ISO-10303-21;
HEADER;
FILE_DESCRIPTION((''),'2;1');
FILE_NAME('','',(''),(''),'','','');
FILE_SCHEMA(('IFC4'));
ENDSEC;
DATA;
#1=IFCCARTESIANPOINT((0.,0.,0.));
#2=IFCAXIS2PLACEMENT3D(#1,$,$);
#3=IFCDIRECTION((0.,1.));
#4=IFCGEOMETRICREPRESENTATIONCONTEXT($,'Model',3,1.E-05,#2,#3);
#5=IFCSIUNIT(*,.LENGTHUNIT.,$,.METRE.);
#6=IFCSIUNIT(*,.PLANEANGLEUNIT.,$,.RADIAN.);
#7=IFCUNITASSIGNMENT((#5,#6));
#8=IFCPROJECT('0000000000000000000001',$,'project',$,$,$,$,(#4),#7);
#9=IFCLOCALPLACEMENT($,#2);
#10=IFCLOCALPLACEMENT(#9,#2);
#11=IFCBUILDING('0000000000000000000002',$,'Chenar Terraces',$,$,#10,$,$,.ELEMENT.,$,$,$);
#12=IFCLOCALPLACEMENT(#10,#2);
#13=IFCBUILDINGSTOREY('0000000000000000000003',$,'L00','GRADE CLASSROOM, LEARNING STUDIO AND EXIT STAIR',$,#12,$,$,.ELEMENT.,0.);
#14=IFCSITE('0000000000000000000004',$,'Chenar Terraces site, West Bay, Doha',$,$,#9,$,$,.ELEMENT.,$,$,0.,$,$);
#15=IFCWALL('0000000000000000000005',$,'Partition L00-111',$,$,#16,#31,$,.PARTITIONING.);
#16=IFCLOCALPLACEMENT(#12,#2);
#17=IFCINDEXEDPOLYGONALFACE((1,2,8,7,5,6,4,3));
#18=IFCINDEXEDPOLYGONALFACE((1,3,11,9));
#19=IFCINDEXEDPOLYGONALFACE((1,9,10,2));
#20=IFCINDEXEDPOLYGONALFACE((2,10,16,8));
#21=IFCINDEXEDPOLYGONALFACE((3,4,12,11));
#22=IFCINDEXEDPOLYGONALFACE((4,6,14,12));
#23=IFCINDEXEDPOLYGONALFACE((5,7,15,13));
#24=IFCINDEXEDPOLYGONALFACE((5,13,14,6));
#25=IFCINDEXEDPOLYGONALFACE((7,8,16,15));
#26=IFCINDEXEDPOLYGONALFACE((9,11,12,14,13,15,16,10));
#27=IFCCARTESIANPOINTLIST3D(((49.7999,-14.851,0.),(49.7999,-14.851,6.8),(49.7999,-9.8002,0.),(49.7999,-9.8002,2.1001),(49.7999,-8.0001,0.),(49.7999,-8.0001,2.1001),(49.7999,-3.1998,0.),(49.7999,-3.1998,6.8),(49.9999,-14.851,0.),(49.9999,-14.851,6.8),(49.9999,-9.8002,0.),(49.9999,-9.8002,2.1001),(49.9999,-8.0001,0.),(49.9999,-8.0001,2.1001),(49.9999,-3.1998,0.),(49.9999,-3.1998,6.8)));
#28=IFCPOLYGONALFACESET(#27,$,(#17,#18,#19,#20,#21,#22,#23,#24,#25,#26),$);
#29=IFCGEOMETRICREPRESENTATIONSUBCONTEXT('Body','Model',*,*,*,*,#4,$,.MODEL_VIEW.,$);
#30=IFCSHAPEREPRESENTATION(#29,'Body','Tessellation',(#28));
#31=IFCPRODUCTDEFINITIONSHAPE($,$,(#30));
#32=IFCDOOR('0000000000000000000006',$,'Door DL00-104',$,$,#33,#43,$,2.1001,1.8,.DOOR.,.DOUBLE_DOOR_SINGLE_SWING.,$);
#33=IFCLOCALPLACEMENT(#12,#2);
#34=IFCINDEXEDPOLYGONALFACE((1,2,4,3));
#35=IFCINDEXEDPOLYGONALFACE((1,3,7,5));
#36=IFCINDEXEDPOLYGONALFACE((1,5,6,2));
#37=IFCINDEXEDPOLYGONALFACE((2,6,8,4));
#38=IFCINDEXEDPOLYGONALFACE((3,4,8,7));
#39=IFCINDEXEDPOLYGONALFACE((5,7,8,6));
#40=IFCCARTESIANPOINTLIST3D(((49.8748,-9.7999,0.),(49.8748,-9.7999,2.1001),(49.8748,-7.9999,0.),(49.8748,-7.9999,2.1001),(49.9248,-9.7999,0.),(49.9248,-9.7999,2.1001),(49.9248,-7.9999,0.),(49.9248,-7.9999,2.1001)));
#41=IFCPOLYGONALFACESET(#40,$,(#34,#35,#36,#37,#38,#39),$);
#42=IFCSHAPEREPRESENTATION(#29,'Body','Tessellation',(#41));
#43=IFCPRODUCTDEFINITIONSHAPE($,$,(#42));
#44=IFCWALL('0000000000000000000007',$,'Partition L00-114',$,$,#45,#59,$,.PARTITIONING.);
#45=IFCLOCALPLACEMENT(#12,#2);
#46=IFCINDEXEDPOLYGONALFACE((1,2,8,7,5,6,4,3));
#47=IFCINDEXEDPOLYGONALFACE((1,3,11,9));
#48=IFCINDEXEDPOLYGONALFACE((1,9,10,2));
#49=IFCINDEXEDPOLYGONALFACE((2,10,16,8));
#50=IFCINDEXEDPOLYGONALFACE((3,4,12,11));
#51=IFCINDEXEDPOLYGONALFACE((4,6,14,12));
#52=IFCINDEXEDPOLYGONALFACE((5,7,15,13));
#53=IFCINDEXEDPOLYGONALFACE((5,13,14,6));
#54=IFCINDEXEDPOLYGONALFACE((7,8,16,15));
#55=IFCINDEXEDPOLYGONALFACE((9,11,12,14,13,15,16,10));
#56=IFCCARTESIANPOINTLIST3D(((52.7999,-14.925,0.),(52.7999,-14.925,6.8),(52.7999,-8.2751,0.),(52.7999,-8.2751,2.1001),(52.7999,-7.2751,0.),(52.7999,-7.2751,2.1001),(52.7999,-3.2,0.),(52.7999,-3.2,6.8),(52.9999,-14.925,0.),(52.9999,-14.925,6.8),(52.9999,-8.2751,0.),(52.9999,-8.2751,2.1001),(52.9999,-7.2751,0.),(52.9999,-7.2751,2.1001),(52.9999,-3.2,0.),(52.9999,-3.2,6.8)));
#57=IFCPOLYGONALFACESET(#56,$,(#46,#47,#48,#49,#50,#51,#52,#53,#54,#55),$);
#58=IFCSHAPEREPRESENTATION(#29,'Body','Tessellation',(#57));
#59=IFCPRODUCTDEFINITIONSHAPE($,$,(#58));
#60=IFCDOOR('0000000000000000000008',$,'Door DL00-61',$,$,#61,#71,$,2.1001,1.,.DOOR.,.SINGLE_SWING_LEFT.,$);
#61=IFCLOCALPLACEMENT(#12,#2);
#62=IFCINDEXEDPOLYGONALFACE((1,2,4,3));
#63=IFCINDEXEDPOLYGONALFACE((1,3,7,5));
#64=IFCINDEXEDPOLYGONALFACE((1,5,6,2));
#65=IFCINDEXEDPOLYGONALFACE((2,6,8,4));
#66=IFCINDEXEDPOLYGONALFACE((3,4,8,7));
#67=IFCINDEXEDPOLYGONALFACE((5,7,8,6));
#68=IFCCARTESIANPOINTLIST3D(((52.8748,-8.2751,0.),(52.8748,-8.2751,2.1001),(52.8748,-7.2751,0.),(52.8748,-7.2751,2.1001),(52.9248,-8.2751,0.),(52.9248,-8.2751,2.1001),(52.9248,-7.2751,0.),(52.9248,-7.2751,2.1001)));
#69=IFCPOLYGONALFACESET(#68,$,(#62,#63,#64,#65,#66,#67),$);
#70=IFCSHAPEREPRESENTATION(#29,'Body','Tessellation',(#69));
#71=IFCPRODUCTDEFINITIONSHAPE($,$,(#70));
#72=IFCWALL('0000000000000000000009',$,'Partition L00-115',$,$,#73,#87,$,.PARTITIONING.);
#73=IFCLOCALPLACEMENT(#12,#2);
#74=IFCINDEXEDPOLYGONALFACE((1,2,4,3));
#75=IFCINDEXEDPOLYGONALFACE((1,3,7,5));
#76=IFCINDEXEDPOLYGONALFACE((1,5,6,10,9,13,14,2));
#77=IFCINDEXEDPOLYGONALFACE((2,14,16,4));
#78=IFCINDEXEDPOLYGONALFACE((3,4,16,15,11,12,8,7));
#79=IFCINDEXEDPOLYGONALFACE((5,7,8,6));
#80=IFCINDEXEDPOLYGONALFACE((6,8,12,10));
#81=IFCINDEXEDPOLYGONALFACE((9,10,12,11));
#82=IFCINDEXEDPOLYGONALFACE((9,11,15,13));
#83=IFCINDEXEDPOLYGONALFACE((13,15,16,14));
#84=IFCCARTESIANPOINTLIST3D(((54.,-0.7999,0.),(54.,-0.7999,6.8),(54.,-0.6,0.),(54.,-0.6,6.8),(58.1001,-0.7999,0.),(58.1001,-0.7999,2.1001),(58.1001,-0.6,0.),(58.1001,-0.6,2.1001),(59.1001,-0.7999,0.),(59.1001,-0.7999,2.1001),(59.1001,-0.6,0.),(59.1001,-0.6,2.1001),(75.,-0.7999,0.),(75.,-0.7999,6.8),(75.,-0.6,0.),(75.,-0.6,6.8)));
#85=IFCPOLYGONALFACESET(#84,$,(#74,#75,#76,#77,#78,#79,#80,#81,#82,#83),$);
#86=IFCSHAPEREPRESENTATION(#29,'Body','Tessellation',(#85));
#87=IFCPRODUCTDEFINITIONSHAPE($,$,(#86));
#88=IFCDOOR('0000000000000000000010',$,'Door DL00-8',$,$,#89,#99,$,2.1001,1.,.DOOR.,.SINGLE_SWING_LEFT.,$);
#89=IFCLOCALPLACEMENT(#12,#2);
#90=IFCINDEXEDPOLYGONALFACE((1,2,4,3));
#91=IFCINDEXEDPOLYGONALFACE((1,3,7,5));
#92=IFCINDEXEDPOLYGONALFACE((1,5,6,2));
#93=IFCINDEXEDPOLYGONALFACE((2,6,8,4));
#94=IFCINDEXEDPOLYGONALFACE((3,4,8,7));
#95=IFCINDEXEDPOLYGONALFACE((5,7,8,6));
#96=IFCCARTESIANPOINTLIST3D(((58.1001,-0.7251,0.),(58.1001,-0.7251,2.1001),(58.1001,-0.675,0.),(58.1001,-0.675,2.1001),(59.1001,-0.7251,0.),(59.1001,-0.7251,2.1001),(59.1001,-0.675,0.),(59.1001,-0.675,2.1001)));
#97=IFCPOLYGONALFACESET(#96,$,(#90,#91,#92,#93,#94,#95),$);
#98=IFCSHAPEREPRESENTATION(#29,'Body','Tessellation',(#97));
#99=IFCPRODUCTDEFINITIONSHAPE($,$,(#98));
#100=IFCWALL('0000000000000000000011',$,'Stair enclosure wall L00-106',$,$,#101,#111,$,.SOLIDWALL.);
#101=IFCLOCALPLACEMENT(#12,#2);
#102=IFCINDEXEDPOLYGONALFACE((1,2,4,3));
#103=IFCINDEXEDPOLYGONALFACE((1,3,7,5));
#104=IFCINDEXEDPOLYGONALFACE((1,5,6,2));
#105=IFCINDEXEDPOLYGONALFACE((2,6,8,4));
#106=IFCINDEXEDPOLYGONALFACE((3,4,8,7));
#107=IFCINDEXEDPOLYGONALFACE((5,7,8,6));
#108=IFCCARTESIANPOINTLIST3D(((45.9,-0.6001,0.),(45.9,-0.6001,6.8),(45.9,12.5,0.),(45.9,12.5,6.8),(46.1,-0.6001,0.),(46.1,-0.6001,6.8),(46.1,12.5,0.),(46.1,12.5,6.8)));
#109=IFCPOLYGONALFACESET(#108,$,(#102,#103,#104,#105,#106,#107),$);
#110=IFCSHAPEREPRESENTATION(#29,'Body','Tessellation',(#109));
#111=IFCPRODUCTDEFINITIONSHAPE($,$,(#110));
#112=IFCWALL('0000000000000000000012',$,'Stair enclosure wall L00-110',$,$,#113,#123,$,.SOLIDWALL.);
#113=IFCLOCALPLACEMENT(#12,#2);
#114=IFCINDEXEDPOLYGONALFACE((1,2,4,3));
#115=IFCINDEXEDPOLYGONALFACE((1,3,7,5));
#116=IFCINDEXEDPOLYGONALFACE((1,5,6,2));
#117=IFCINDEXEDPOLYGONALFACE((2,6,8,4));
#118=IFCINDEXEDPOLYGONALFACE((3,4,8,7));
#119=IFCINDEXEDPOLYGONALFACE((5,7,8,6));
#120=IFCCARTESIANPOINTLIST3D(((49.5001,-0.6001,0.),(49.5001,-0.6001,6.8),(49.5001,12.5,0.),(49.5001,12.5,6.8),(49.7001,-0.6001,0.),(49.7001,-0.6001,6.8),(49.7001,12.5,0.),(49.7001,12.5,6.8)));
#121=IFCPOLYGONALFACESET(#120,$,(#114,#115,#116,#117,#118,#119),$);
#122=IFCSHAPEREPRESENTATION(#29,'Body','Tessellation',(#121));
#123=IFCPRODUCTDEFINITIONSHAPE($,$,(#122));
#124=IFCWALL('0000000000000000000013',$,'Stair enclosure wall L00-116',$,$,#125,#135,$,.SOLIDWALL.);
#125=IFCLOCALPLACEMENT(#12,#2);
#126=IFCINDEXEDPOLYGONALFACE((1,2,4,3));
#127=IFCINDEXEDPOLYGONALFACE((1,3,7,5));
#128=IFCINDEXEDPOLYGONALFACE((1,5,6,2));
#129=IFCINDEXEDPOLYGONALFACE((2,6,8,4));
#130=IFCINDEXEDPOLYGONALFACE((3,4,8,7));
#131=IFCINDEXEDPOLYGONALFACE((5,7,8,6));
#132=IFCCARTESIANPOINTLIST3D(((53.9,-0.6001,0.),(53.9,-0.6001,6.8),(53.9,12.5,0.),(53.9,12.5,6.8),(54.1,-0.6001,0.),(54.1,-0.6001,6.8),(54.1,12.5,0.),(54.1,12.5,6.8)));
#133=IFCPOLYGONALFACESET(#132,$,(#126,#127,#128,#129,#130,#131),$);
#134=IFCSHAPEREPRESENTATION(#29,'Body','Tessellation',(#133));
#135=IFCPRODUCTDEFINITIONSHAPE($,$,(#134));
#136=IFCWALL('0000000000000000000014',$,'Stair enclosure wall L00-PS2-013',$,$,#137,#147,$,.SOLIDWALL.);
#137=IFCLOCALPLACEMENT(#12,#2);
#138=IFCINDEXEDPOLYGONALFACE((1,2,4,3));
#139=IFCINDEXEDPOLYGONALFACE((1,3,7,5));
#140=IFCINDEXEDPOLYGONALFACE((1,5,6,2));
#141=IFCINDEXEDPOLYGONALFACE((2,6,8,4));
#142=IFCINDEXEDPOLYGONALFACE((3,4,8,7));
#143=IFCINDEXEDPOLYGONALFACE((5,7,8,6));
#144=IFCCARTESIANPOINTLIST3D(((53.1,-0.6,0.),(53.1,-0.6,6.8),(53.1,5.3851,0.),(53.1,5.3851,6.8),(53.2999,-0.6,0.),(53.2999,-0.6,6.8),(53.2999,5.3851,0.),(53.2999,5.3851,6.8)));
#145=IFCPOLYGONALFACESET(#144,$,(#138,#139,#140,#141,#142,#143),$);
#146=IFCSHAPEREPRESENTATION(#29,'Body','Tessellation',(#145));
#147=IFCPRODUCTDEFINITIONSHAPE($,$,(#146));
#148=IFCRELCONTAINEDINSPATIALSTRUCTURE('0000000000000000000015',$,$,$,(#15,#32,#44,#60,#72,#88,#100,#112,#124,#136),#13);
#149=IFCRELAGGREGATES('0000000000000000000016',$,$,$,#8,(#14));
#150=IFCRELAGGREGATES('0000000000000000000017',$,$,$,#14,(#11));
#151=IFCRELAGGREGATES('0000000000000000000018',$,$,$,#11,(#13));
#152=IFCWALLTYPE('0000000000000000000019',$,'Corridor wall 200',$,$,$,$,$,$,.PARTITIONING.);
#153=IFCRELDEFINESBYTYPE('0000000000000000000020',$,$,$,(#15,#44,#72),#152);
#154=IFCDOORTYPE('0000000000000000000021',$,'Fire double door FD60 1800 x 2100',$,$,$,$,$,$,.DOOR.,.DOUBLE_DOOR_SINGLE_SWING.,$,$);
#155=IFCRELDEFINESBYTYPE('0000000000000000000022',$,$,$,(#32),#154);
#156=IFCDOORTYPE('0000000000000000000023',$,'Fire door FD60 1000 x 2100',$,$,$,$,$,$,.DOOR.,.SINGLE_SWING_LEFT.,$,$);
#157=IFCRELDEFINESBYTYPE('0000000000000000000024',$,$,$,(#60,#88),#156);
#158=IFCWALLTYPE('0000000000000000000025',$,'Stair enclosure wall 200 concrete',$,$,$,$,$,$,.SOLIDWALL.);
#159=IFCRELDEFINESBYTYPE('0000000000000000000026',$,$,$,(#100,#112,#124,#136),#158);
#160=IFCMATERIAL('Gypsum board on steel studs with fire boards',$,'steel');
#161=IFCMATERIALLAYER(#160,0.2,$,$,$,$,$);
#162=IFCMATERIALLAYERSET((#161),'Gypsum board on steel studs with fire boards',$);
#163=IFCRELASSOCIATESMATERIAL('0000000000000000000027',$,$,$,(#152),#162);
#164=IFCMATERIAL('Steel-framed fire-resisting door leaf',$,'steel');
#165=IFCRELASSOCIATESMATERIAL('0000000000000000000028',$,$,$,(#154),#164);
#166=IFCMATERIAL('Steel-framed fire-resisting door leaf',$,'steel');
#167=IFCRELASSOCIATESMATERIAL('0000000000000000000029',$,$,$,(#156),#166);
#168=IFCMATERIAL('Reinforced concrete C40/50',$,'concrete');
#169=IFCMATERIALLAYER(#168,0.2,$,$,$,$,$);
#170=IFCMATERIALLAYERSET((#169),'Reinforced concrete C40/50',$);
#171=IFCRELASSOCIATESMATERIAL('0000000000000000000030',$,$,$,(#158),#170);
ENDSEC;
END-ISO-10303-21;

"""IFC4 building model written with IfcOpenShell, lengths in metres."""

from ifc_helpers import new_model, si_unit, direction, frame, frame_2d, origin, place, context, subcontext, project, spatial, rectangle, extrude, material, layer, layer_set, type_object, element, fill, save


model = new_model("IFC4")

# Units and contexts
model_context = context("Model", 3, precision=1e-05, world=origin(), true_north=direction((0.0, 1.0)))
body_context = subcontext(model_context, "Body", "Model", "MODEL_VIEW")
ifc_project = project(units=[si_unit("LENGTHUNIT", "METRE"), si_unit("PLANEANGLEUNIT", "RADIAN")], contexts=[model_context])

# Site, building, storey
site_placement = place(None, origin())
site = spatial("IfcSite", under=ifc_project, at=site_placement, Name="Chenar Terraces site, West Bay, Doha", CompositionType="ELEMENT", RefElevation=0.0)
building_placement = place(site_placement, origin())
building = spatial("IfcBuilding", under=site, at=building_placement, Name="Chenar Terraces", CompositionType="ELEMENT")
storey_placement = place(building_placement, origin())
storey = spatial("IfcBuildingStorey", under=building, at=storey_placement, Name="L00", Description="GRADE CLASSROOM, LEARNING STUDIO AND EXIT STAIR", CompositionType="ELEMENT", Elevation=0.0)

# Walls, openings, doors
ifc_material_1 = material(Name="Gypsum board on steel studs with fire boards", Category="steel")
ifc_layer_1 = layer(ifc_material_1, 0.2)
ifc_layer_set_1 = layer_set([ifc_layer_1], Name="Gypsum board on steel studs with fire boards")
wall_type_1 = type_object("IfcWallType", Name="Corridor wall 200", PredefinedType="PARTITIONING", material=ifc_layer_set_1)
ifc_material_2 = material(Name="Steel-framed fire-resisting door leaf", Category="steel")
door_type_1 = type_object("IfcDoorType", Name="Fire double door FD60 1800 x 2100", OperationType="DOUBLE_DOOR_SINGLE_SWING", PredefinedType="DOOR", material=ifc_material_2)
wall_1_placement = place(storey_placement, frame((49.8999, -14.8511, 0.0), z_axis=(0.0, 0.0, 1.0), x_axis=(0.0, 1.0, 0.0)))
wall_1 = element("IfcWall", 1, at=wall_1_placement, inside=storey, type_object=wall_type_1, Name="Partition L00-111", PredefinedType="PARTITIONING", context=body_context, shape_type="SweptSolid", body=[
    extrude(rectangle(XDim=11.6511, YDim=0.2, at=frame_2d((5.8257, 0.0))), origin(), (0.0, 0.0, 1.0), 6.8),
])
opening_1_placement = place(wall_1_placement, frame((5.051, 0.0, 0.0)))
opening_1 = element("IfcOpeningElement", 2, at=opening_1_placement, cuts=wall_1, PredefinedType="OPENING", context=body_context, shape_type="SweptSolid", body=[
    extrude(rectangle(XDim=1.8, YDim=2.1001, at=frame_2d((0.8999, 1.05))), frame((0.0, 0.1099, 0.0), z_axis=(0.0, -1.0, 0.0), x_axis=(1.0, 0.0, 0.0)), (0.0, 0.0, 1.0), 0.22),
])
door_1_placement = place(opening_1_placement, frame((1.8, 0.0, 0.0), z_axis=(0.0, 0.0, 1.0), x_axis=(-1.0, 0.0, 0.0)))
door_1 = element("IfcDoor", 3, at=door_1_placement, inside=storey, type_object=door_type_1, Name="Door DL00-104", OperationType="DOUBLE_DOOR_SINGLE_SWING", OverallHeight=2.1001, OverallWidth=1.8, PredefinedType="DOOR", context=body_context, shape_type="SweptSolid", body=[
    extrude(rectangle(XDim=1.8, YDim=2.1001, at=frame_2d((0.8999, 1.05))), frame((0.0, 0.0249, 0.0), z_axis=(0.0, -1.0, 0.0), x_axis=(1.0, 0.0, 0.0)), (0.0, 0.0, 1.0), 0.05),
])
fill(opening_1, door_1)
wall_2_placement = place(storey_placement, frame((52.8999, -14.925, 0.0), z_axis=(0.0, 0.0, 1.0), x_axis=(0.0, 1.0, 0.0)))
wall_2 = element("IfcWall", 4, at=wall_2_placement, inside=storey, type_object=wall_type_1, Name="Partition L00-114", PredefinedType="PARTITIONING", context=body_context, shape_type="SweptSolid", body=[
    extrude(rectangle(XDim=11.7251, YDim=0.2, at=frame_2d((5.8625, 0.0))), origin(), (0.0, 0.0, 1.0), 6.8),
])
opening_2_placement = place(wall_2_placement, frame((6.6499, 0.0, 0.0)))
opening_2 = element("IfcOpeningElement", 5, at=opening_2_placement, cuts=wall_2, PredefinedType="OPENING", context=body_context, shape_type="SweptSolid", body=[
    extrude(rectangle(XDim=1.0, YDim=2.1001, at=frame_2d((0.5, 1.05))), frame((0.0, 0.1099, 0.0), z_axis=(0.0, -1.0, 0.0), x_axis=(1.0, 0.0, 0.0)), (0.0, 0.0, 1.0), 0.22),
])
ifc_material_3 = material(Name="Steel-framed fire-resisting door leaf", Category="steel")
door_type_2 = type_object("IfcDoorType", Name="Fire door FD60 1000 x 2100", OperationType="SINGLE_SWING_LEFT", PredefinedType="DOOR", material=ifc_material_3)
door_2_placement = place(opening_2_placement, frame((1.0, 0.0, 0.0), z_axis=(0.0, 0.0, 1.0), x_axis=(-1.0, 0.0, 0.0)))
door_2 = element("IfcDoor", 6, at=door_2_placement, inside=storey, type_object=door_type_2, Name="Door DL00-61", OperationType="SINGLE_SWING_LEFT", OverallHeight=2.1001, OverallWidth=1.0, PredefinedType="DOOR", context=body_context, shape_type="SweptSolid", body=[
    extrude(rectangle(XDim=1.0, YDim=2.1001, at=frame_2d((0.5, 1.05))), frame((0.0, 0.0249, 0.0), z_axis=(0.0, -1.0, 0.0), x_axis=(1.0, 0.0, 0.0)), (0.0, 0.0, 1.0), 0.05),
])
fill(opening_2, door_2)
wall_3_placement = place(storey_placement, frame((54.0, -0.7, 0.0), z_axis=(0.0, 0.0, 1.0), x_axis=(1.0, 0.0, 0.0)))
wall_3 = element("IfcWall", 7, at=wall_3_placement, inside=storey, type_object=wall_type_1, Name="Partition L00-115", PredefinedType="PARTITIONING", context=body_context, shape_type="SweptSolid", body=[
    extrude(rectangle(XDim=21.0, YDim=0.2, at=frame_2d((10.5, 0.0))), origin(), (0.0, 0.0, 1.0), 6.8),
])
opening_3_placement = place(wall_3_placement, frame((4.1001, 0.0, 0.0)))
opening_3 = element("IfcOpeningElement", 8, at=opening_3_placement, cuts=wall_3, PredefinedType="OPENING", context=body_context, shape_type="SweptSolid", body=[
    extrude(rectangle(XDim=1.0, YDim=2.1001, at=frame_2d((0.5, 1.05))), frame((0.0, 0.1099, 0.0), z_axis=(0.0, -1.0, 0.0), x_axis=(1.0, 0.0, 0.0)), (0.0, 0.0, 1.0), 0.22),
])
door_3_placement = place(opening_3_placement, origin())
door_3 = element("IfcDoor", 9, at=door_3_placement, inside=storey, type_object=door_type_2, Name="Door DL00-8", OperationType="SINGLE_SWING_LEFT", OverallHeight=2.1001, OverallWidth=1.0, PredefinedType="DOOR", context=body_context, shape_type="SweptSolid", body=[
    extrude(rectangle(XDim=1.0, YDim=2.1001, at=frame_2d((0.5, 1.05))), frame((0.0, 0.0249, 0.0), z_axis=(0.0, -1.0, 0.0), x_axis=(1.0, 0.0, 0.0)), (0.0, 0.0, 1.0), 0.05),
])
fill(opening_3, door_3)

# Walls
ifc_material_4 = material(Name="Reinforced concrete C40/50", Category="concrete")
ifc_layer_2 = layer(ifc_material_4, 0.2)
ifc_layer_set_2 = layer_set([ifc_layer_2], Name="Reinforced concrete C40/50")
wall_type_2 = type_object("IfcWallType", Name="Stair enclosure wall 200 concrete", PredefinedType="SOLIDWALL", material=ifc_layer_set_2)
for number, where, z_axis, x_axis, name in (
    (10, (46.0, -0.6001, 0.0), (0.0, 0.0, 1.0), (0.0, 1.0, 0.0), "Stair enclosure wall L00-106"),
    (11, (49.6001, -0.6001, 0.0), (0.0, 0.0, 1.0), (0.0, 1.0, 0.0), "Stair enclosure wall L00-110"),
    (12, (54.0, -0.6001, 0.0), (0.0, 0.0, 1.0), (0.0, 1.0, 0.0), "Stair enclosure wall L00-116"),
):
    element("IfcWall", number, at=place(storey_placement, frame(where, z_axis=z_axis, x_axis=x_axis)), inside=storey, type_object=wall_type_2, Name=name, PredefinedType="SOLIDWALL", context=body_context, shape_type="SweptSolid", body=[
        extrude(rectangle(XDim=13.1001, YDim=0.2, at=frame_2d((6.55, 0.0))), origin(), (0.0, 0.0, 1.0), 6.8),
    ])
wall_4_placement = place(storey_placement, frame((53.2, -0.6001, 0.0), z_axis=(0.0, 0.0, 1.0), x_axis=(0.0, 1.0, 0.0)))
element("IfcWall", 13, at=wall_4_placement, inside=storey, type_object=wall_type_2, Name="Stair enclosure wall L00-PS2-013", PredefinedType="SOLIDWALL", context=body_context, shape_type="SweptSolid", body=[
    extrude(rectangle(XDim=5.9851, YDim=0.2, at=frame_2d((2.9927, 0.0))), origin(), (0.0, 0.0, 1.0), 6.8),
])

save(model, "model.ifc")
